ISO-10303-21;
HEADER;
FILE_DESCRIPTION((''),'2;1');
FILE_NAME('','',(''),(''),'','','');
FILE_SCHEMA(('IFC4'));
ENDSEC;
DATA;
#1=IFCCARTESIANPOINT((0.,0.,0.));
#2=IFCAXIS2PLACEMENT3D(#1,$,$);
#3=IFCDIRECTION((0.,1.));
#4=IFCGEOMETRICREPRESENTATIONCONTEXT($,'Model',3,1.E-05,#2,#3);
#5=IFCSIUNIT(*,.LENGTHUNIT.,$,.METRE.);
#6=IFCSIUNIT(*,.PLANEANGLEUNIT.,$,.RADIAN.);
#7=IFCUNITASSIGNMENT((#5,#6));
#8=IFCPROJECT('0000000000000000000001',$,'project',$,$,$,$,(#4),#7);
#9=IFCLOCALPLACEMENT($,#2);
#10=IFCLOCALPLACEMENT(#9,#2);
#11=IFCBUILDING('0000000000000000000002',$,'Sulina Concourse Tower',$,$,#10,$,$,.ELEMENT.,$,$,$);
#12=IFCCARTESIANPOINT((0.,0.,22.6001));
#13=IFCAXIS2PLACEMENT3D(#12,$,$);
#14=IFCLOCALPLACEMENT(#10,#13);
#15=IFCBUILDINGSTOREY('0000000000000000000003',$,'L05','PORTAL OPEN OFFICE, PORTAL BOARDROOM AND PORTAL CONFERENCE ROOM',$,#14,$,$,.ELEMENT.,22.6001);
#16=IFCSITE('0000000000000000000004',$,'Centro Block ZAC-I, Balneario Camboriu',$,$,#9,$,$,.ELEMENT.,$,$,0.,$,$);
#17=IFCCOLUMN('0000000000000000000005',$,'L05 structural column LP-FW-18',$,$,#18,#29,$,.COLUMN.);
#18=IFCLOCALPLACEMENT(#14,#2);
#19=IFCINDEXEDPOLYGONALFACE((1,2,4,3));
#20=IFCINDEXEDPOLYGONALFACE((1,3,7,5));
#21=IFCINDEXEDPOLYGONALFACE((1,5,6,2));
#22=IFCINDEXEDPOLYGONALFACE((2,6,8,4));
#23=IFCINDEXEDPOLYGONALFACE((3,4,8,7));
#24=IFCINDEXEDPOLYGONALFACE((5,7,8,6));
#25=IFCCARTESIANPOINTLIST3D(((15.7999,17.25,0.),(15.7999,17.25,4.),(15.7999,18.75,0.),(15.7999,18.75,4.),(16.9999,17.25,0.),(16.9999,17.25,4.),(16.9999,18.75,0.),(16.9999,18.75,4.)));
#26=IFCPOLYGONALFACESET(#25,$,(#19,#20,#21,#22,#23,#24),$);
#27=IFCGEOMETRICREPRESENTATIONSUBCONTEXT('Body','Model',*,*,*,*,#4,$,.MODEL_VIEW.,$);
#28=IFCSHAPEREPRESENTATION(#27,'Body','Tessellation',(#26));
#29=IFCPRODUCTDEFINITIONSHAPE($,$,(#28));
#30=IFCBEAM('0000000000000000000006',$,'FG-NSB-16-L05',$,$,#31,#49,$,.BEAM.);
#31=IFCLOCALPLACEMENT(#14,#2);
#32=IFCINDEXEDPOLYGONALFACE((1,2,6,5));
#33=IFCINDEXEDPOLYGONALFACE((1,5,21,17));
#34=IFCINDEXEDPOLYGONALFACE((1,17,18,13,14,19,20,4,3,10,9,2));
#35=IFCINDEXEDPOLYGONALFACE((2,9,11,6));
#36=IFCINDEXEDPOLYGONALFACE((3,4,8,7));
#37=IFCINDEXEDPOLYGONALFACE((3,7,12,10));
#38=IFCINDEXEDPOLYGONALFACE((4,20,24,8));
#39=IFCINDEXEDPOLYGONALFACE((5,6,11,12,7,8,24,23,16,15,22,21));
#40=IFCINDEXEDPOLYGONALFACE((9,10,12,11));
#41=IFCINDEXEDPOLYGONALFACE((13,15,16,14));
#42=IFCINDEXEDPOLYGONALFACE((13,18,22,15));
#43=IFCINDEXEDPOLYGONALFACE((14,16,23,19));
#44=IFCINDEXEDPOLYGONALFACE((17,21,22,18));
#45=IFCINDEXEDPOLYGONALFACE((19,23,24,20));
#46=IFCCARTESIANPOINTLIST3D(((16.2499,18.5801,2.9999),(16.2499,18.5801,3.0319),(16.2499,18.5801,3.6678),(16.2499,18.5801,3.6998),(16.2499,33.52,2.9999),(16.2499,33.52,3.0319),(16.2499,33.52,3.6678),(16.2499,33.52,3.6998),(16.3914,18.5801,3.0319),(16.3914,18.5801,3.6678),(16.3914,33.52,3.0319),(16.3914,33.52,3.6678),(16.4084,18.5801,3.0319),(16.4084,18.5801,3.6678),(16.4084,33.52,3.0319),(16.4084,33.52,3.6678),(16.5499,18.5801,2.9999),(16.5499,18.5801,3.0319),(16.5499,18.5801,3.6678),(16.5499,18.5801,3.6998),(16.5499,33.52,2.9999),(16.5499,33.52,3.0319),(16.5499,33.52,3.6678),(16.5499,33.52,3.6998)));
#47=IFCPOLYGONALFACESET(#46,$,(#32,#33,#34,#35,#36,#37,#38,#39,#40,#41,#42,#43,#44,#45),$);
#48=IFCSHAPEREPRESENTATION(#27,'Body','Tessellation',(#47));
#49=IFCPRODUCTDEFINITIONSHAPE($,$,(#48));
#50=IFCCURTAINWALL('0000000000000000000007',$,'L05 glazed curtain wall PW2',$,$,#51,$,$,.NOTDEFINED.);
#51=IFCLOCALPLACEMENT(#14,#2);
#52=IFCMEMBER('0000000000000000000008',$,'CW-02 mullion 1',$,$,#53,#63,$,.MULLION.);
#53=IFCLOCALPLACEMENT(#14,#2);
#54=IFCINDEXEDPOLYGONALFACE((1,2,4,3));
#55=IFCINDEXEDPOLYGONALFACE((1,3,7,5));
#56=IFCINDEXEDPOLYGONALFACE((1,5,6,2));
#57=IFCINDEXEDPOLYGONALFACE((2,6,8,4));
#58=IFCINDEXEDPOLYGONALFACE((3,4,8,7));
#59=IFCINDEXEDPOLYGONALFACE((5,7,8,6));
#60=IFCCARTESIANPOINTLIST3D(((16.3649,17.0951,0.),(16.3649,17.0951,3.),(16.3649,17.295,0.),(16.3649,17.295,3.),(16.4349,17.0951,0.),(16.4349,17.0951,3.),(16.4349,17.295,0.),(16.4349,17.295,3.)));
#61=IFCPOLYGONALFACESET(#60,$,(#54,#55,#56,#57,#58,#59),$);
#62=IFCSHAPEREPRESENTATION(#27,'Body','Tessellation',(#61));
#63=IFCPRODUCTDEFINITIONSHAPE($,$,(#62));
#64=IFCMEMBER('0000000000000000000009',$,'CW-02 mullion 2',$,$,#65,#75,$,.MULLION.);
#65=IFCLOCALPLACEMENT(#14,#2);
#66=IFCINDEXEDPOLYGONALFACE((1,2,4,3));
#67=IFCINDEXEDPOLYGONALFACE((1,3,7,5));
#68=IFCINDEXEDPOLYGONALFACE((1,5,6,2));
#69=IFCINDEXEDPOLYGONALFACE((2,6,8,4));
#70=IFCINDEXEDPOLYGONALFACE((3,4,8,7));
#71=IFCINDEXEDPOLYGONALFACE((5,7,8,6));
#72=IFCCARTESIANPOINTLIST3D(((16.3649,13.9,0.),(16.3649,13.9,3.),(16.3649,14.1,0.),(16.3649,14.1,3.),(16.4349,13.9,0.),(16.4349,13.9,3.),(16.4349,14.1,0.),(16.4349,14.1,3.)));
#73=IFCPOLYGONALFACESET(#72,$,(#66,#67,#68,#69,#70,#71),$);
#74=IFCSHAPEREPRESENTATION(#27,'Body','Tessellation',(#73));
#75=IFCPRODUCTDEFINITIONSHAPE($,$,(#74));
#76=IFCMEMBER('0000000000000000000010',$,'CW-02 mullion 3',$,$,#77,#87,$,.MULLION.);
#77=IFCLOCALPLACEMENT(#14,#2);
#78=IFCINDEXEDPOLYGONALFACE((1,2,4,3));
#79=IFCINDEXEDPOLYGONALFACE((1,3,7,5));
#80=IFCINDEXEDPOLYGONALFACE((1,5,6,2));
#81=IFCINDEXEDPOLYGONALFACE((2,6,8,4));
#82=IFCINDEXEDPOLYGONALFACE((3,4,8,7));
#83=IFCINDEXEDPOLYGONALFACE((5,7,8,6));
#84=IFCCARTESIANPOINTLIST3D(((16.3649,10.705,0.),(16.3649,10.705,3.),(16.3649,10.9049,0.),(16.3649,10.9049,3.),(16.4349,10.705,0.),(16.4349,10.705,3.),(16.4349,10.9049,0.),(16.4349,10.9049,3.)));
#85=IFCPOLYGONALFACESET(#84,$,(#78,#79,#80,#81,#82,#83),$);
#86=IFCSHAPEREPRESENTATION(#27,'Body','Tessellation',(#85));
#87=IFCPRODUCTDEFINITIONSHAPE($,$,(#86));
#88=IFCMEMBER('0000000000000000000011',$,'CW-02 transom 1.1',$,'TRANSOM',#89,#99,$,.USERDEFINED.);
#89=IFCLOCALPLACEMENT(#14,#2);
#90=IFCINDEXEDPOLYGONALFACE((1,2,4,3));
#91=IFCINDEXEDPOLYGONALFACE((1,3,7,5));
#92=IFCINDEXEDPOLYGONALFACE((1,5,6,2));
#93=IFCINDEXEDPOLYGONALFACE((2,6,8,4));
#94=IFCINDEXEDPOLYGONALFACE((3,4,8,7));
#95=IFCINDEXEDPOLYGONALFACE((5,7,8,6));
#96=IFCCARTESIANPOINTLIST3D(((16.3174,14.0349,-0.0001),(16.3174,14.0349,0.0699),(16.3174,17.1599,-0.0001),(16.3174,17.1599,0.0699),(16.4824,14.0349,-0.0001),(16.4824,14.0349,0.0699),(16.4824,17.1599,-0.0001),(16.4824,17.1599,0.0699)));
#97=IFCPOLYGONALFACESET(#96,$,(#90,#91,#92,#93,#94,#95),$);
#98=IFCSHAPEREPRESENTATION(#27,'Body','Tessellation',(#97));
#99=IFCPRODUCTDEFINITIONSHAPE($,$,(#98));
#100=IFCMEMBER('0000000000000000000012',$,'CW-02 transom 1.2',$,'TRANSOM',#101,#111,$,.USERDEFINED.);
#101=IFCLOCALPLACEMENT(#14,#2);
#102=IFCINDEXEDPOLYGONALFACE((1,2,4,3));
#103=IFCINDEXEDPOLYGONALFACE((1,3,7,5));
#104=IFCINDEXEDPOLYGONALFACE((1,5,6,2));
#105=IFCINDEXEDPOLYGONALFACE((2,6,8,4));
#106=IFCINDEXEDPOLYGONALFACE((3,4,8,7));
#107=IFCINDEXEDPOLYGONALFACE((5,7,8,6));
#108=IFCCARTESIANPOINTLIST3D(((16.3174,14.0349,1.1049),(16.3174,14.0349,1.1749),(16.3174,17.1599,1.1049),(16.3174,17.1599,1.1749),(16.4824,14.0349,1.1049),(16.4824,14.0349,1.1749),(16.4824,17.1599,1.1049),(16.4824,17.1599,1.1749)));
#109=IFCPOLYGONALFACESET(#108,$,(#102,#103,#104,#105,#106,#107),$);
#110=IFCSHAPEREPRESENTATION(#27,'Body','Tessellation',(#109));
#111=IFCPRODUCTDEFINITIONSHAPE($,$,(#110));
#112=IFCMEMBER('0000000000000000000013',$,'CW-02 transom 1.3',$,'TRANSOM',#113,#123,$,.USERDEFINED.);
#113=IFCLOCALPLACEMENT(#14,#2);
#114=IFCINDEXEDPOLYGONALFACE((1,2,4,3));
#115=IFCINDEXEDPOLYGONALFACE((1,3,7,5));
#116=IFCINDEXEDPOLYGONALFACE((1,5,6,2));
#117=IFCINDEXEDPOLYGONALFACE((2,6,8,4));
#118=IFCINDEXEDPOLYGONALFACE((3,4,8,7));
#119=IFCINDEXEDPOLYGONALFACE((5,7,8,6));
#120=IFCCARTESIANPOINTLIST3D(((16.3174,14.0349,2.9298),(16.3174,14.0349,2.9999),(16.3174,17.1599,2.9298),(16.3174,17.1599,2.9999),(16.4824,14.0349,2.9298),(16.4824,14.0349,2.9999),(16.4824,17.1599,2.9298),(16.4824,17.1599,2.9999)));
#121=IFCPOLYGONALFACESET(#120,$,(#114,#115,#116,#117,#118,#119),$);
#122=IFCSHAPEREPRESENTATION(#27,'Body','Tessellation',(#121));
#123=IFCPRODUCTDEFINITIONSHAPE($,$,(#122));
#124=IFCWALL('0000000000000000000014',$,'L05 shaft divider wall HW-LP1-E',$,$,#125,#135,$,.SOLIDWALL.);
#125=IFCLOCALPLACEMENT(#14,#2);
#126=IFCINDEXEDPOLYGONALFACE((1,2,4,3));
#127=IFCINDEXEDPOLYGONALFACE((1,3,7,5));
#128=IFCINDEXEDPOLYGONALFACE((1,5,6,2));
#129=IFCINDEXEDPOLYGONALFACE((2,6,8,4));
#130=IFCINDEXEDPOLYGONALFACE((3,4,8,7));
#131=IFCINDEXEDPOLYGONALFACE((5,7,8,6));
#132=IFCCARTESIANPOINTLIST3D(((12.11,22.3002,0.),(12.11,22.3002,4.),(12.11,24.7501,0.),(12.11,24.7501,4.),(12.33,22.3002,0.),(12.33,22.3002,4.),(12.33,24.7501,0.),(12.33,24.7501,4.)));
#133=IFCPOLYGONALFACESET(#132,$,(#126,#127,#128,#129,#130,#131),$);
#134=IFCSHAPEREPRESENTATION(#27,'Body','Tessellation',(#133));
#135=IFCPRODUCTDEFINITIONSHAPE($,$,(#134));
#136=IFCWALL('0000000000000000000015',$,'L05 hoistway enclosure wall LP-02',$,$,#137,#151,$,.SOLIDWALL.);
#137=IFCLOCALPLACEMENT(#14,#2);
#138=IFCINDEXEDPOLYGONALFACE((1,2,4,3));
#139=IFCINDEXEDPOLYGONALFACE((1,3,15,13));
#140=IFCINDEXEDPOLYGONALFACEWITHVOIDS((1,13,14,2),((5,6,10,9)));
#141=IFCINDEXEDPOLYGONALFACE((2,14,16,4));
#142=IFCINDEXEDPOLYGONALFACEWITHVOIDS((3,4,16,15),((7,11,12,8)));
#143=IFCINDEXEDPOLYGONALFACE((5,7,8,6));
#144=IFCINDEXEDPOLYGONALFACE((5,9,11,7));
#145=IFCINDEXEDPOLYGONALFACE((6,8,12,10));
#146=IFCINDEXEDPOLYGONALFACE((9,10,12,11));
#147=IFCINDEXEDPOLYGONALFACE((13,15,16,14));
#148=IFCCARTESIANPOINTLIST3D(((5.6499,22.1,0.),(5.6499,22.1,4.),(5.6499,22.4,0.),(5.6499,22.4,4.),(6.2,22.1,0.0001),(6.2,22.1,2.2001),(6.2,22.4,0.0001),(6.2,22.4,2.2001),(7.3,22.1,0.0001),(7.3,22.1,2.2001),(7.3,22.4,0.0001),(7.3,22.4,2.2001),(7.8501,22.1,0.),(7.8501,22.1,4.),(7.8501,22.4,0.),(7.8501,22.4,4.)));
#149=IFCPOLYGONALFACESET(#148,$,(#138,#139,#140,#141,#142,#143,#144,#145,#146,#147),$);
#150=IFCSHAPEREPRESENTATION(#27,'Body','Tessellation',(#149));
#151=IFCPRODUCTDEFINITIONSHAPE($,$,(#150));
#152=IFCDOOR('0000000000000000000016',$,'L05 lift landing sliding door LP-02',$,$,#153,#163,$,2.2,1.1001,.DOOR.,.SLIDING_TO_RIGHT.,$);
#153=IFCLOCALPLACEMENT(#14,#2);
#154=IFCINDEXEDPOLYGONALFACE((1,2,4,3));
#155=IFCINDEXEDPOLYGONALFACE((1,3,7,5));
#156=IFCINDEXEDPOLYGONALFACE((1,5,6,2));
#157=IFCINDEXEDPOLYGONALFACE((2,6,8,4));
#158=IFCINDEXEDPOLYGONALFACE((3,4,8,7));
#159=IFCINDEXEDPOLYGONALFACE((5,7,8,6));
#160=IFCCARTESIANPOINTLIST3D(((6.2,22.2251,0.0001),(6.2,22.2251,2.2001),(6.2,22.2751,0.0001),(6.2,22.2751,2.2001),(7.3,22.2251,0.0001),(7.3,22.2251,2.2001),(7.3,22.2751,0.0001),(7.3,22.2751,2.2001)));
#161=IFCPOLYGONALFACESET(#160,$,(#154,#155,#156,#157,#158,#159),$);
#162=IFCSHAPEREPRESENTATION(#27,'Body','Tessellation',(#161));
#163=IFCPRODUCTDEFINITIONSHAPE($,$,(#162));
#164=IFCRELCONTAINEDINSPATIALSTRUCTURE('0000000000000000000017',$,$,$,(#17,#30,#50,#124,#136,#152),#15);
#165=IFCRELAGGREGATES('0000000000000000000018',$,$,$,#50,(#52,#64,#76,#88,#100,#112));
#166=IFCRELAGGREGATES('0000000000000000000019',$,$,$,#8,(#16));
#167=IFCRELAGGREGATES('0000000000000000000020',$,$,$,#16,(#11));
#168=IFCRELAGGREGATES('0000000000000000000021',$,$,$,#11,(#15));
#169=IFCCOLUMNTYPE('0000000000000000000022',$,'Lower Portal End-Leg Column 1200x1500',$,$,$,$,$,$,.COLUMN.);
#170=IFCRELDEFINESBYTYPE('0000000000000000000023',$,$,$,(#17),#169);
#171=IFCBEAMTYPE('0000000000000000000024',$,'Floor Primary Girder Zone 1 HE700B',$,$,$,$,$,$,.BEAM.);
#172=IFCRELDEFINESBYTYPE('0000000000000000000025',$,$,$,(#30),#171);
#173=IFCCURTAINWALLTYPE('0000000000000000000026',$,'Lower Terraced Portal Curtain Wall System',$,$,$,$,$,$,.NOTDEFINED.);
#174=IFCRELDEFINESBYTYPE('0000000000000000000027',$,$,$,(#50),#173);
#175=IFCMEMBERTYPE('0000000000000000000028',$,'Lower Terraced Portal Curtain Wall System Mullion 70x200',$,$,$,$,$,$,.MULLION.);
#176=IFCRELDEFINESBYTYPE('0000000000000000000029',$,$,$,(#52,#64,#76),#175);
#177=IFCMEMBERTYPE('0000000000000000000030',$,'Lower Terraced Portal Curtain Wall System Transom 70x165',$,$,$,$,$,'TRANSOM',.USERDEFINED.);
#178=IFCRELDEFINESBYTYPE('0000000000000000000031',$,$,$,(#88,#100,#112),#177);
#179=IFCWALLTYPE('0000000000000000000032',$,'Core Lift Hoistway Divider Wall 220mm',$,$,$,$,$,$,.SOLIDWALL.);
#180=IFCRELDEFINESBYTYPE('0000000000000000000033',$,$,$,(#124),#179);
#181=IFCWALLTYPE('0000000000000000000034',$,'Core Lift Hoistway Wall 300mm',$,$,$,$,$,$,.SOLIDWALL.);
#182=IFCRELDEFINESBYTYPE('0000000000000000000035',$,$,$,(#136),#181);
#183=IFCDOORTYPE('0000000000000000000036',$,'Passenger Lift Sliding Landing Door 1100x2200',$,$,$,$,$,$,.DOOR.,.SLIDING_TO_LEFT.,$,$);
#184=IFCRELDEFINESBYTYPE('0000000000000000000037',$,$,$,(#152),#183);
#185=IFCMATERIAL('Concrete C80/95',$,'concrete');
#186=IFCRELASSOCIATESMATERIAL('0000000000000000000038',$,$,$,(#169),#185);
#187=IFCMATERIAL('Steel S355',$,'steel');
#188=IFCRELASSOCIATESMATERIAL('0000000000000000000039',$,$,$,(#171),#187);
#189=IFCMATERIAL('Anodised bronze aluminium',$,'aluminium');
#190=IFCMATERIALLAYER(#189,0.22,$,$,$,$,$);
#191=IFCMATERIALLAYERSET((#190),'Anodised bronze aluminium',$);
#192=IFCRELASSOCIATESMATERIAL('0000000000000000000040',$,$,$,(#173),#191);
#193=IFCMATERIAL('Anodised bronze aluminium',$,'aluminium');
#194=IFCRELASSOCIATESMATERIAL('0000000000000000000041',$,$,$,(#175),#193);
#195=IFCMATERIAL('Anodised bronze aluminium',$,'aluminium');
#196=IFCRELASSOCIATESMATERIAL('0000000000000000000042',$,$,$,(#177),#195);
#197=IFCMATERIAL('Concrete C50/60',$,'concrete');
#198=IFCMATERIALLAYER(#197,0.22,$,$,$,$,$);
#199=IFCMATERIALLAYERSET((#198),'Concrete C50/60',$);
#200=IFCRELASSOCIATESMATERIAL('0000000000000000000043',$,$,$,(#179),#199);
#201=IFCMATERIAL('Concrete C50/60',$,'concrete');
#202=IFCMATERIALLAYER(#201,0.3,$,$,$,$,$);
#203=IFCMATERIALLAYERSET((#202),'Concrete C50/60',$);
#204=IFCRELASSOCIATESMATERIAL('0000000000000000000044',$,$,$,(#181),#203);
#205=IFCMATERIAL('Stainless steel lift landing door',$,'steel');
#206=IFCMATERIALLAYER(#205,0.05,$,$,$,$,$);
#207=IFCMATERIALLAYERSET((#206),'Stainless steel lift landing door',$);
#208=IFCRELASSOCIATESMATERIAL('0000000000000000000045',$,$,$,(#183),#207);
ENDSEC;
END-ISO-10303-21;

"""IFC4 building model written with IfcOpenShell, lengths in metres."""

from ifc_helpers import new_model, si_unit, direction, frame, frame_2d, origin, origin_2d, place, context, subcontext, project, spatial, rectangle, i_section, extrude, material, layer, layer_set, material_profile, profile_set, type_object, element, fill, aggregate, save


model = new_model("IFC4")

# Units and contexts
model_context = context("Model", 3, precision=1e-05, world=origin(), true_north=direction((0.0, 1.0)))
body_context = subcontext(model_context, "Body", "Model", "MODEL_VIEW")
ifc_project = project(units=[si_unit("LENGTHUNIT", "METRE"), si_unit("PLANEANGLEUNIT", "RADIAN")], contexts=[model_context])

# Site, building, storey
site_placement = place(None, origin())
site = spatial("IfcSite", under=ifc_project, at=site_placement, Name="Centro Block ZAC-I, Balneario Camboriu", CompositionType="ELEMENT", RefElevation=0.0)
building_placement = place(site_placement, origin())
building = spatial("IfcBuilding", under=site, at=building_placement, Name="Sulina Concourse Tower", CompositionType="ELEMENT")
storey_placement = place(building_placement, frame((0.0, 0.0, 22.6001)))
storey = spatial("IfcBuildingStorey", under=building, at=storey_placement, Name="L05", Description="PORTAL OPEN OFFICE, PORTAL BOARDROOM AND PORTAL CONFERENCE ROOM", CompositionType="ELEMENT", Elevation=22.6001)

# Column
ifc_material_1 = material(Name="Concrete C80/95", Category="concrete")
ifc_material_profile_1 = material_profile(ifc_material_1, rectangle(XDim=1.2, YDim=1.5, at=origin_2d()), Name="RC 1200x1500")
ifc_profile_set_1 = profile_set([ifc_material_profile_1], Name="Concrete C80/95")
column_type = type_object("IfcColumnType", Name="Lower Portal End-Leg Column 1200x1500", PredefinedType="COLUMN", material=ifc_profile_set_1)
column_placement = place(storey_placement, frame((16.3999, 18.0, 0.0), z_axis=(0.0, 0.0, 1.0), x_axis=(1.0, 0.0, 0.0)))
element("IfcColumn", 1, at=column_placement, inside=storey, type_object=column_type, Name="L05 structural column LP-FW-18", PredefinedType="COLUMN", context=body_context, shape_type="SweptSolid", body=[
    extrude(rectangle(XDim=1.2, YDim=1.5, at=origin_2d()), origin(), (0.0, 0.0, 1.0), 4.0),
])

# Beam
ifc_material_2 = material(Name="Steel S355", Category="steel")
ifc_material_profile_2 = material_profile(ifc_material_2, i_section(OverallWidth=0.3, OverallDepth=0.7, WebThickness=0.0171, FlangeThickness=0.032, at=origin_2d()), Name="HE 700 B")
ifc_profile_set_2 = profile_set([ifc_material_profile_2], Name="Steel S355")
beam_type = type_object("IfcBeamType", Name="Floor Primary Girder Zone 1 HE700B", PredefinedType="BEAM", material=ifc_profile_set_2)
beam_placement = place(storey_placement, frame((16.3999, 18.5801, 3.3499), z_axis=(0.0, 1.0, 0.0), x_axis=(-1.0, 0.0, 0.0)))
element("IfcBeam", 2, at=beam_placement, inside=storey, type_object=beam_type, Name="FG-NSB-16-L05", PredefinedType="BEAM", context=body_context, shape_type="SweptSolid", body=[
    extrude(i_section(OverallWidth=0.3, OverallDepth=0.7, WebThickness=0.0171, FlangeThickness=0.032, at=origin_2d()), origin(), (0.0, 0.0, 1.0), 14.9399),
])

# Curtain wall, members
ifc_material_3 = material(Name="Anodised bronze aluminium", Category="aluminium")
ifc_layer_1 = layer(ifc_material_3, 0.22)
ifc_layer_set_1 = layer_set([ifc_layer_1], Name="Anodised bronze aluminium")
curtain_wall_type = type_object("IfcCurtainWallType", Name="Lower Terraced Portal Curtain Wall System", PredefinedType="NOTDEFINED", material=ifc_layer_set_1)
curtain_wall_placement = place(storey_placement, origin())
curtain_wall = element("IfcCurtainWall", 3, at=curtain_wall_placement, inside=storey, type_object=curtain_wall_type, Name="L05 glazed curtain wall PW2", PredefinedType="NOTDEFINED")
ifc_material_4 = material(Name="Anodised bronze aluminium", Category="aluminium")
ifc_material_profile_3 = material_profile(ifc_material_4, rectangle(XDim=0.0701, YDim=0.2, at=origin_2d()), Name="MUL 70x200")
ifc_profile_set_3 = profile_set([ifc_material_profile_3], Name="Anodised bronze aluminium")
member_type_1 = type_object("IfcMemberType", Name="Lower Terraced Portal Curtain Wall System Mullion 70x200", PredefinedType="MULLION", material=ifc_profile_set_3)
member_1_placement = place(storey_placement, frame((16.3999, 17.1951, 0.0), z_axis=(0.0, 0.0, 1.0), x_axis=(1.0, 0.0, 0.0)))
member_1 = element("IfcMember", 4, at=member_1_placement, type_object=member_type_1, Name="CW-02 mullion 1", PredefinedType="MULLION", context=body_context, shape_type="SweptSolid", body=[
    extrude(rectangle(XDim=0.0701, YDim=0.2, at=origin_2d()), origin(), (0.0, 0.0, 1.0), 3.0),
])
member_2_placement = place(storey_placement, frame((16.3999, 14.0, 0.0), z_axis=(0.0, 0.0, 1.0), x_axis=(1.0, 0.0, 0.0)))
member_2 = element("IfcMember", 5, at=member_2_placement, type_object=member_type_1, Name="CW-02 mullion 2", PredefinedType="MULLION", context=body_context, shape_type="SweptSolid", body=[
    extrude(rectangle(XDim=0.0701, YDim=0.2, at=origin_2d()), origin(), (0.0, 0.0, 1.0), 3.0),
])
member_3_placement = place(storey_placement, frame((16.3999, 10.8049, 0.0), z_axis=(0.0, 0.0, 1.0), x_axis=(1.0, 0.0, 0.0)))
member_3 = element("IfcMember", 6, at=member_3_placement, type_object=member_type_1, Name="CW-02 mullion 3", PredefinedType="MULLION", context=body_context, shape_type="SweptSolid", body=[
    extrude(rectangle(XDim=0.0701, YDim=0.2, at=origin_2d()), origin(), (0.0, 0.0, 1.0), 3.0),
])
ifc_material_5 = material(Name="Anodised bronze aluminium", Category="aluminium")
ifc_material_profile_4 = material_profile(ifc_material_5, rectangle(XDim=0.165, YDim=0.0701, at=origin_2d()), Name="TRN 70x165")
ifc_profile_set_4 = profile_set([ifc_material_profile_4], Name="Anodised bronze aluminium")
member_type_2 = type_object("IfcMemberType", Name="Lower Terraced Portal Curtain Wall System Transom 70x165", ElementType="TRANSOM", PredefinedType="USERDEFINED", material=ifc_profile_set_4)
member_4_placement = place(storey_placement, frame((16.3999, 17.1599, 0.0349), z_axis=(0.0, -1.0, 0.0), x_axis=(1.0, 0.0, 0.0)))
member_4 = element("IfcMember", 7, at=member_4_placement, type_object=member_type_2, Name="CW-02 transom 1.1", ObjectType="TRANSOM", PredefinedType="USERDEFINED", context=body_context, shape_type="SweptSolid", body=[
    extrude(rectangle(XDim=0.165, YDim=0.0701, at=origin_2d()), origin(), (0.0, 0.0, 1.0), 3.125),
])
member_5_placement = place(storey_placement, frame((16.3999, 17.1599, 1.1399), z_axis=(0.0, -1.0, 0.0), x_axis=(1.0, 0.0, 0.0)))
member_5 = element("IfcMember", 8, at=member_5_placement, type_object=member_type_2, Name="CW-02 transom 1.2", ObjectType="TRANSOM", PredefinedType="USERDEFINED", context=body_context, shape_type="SweptSolid", body=[
    extrude(rectangle(XDim=0.165, YDim=0.0701, at=origin_2d()), origin(), (0.0, 0.0, 1.0), 3.125),
])
member_6_placement = place(storey_placement, frame((16.3999, 17.1599, 2.9648), z_axis=(0.0, -1.0, 0.0), x_axis=(1.0, 0.0, 0.0)))
member_6 = element("IfcMember", 9, at=member_6_placement, type_object=member_type_2, Name="CW-02 transom 1.3", ObjectType="TRANSOM", PredefinedType="USERDEFINED", context=body_context, shape_type="SweptSolid", body=[
    extrude(rectangle(XDim=0.165, YDim=0.0701, at=origin_2d()), origin(), (0.0, 0.0, 1.0), 3.125),
])
aggregate(curtain_wall, [member_1, member_2, member_3, member_4, member_5, member_6])

# Wall
ifc_material_6 = material(Name="Concrete C50/60", Category="concrete")
ifc_layer_2 = layer(ifc_material_6, 0.22)
ifc_layer_set_2 = layer_set([ifc_layer_2], Name="Concrete C50/60")
wall_type_1 = type_object("IfcWallType", Name="Core Lift Hoistway Divider Wall 220mm", PredefinedType="SOLIDWALL", material=ifc_layer_set_2)
wall_1_placement = place(storey_placement, frame((12.22, 22.3, 0.0), z_axis=(0.0, 0.0, 1.0), x_axis=(0.0, 1.0, 0.0)))
element("IfcWall", 10, at=wall_1_placement, inside=storey, type_object=wall_type_1, Name="L05 shaft divider wall HW-LP1-E", PredefinedType="SOLIDWALL", context=body_context, shape_type="SweptSolid", body=[
    extrude(rectangle(XDim=2.45, YDim=0.22, at=frame_2d((1.2251, 0.0))), origin(), (0.0, 0.0, 1.0), 4.0),
])

# Wall, opening, door
ifc_material_7 = material(Name="Concrete C50/60", Category="concrete")
ifc_layer_3 = layer(ifc_material_7, 0.3)
ifc_layer_set_3 = layer_set([ifc_layer_3], Name="Concrete C50/60")
wall_type_2 = type_object("IfcWallType", Name="Core Lift Hoistway Wall 300mm", PredefinedType="SOLIDWALL", material=ifc_layer_set_3)
wall_2_placement = place(storey_placement, frame((7.8501, 22.25, 0.0), z_axis=(0.0, 0.0, 1.0), x_axis=(-1.0, 0.0, 0.0)))
wall_2 = element("IfcWall", 11, at=wall_2_placement, inside=storey, type_object=wall_type_2, Name="L05 hoistway enclosure wall LP-02", PredefinedType="SOLIDWALL", context=body_context, shape_type="SweptSolid", body=[
    extrude(rectangle(XDim=2.2002, YDim=0.3, at=frame_2d((1.1001, 0.0))), origin(), (0.0, 0.0, 1.0), 4.0),
])
opening_1_placement = place(wall_2_placement, frame((0.55, 0.0, 0.0)))
opening_1 = element("IfcOpeningElement", 12, at=opening_1_placement, cuts=wall_2, PredefinedType="OPENING", context=body_context, shape_type="SweptSolid", body=[
    extrude(rectangle(XDim=1.1001, YDim=2.2, at=frame_2d((0.55, 1.1001))), frame((0.0, 0.1599, 0.0), z_axis=(0.0, -1.0, 0.0), x_axis=(1.0, 0.0, 0.0)), (0.0, 0.0, 1.0), 0.3201),
])
ifc_material_8 = material(Name="Stainless steel lift landing door", Category="steel")
ifc_layer_4 = layer(ifc_material_8, 0.05)
ifc_layer_set_4 = layer_set([ifc_layer_4], Name="Stainless steel lift landing door")
door_type_1 = type_object("IfcDoorType", Name="Passenger Lift Sliding Landing Door 1100x2200", OperationType="SLIDING_TO_LEFT", PredefinedType="DOOR", material=ifc_layer_set_4)
door_1_placement = place(opening_1_placement, origin())
door_1 = element("IfcDoor", 13, at=door_1_placement, inside=storey, type_object=door_type_1, Name="L05 lift landing sliding door LP-02", OperationType="SLIDING_TO_RIGHT", OverallHeight=2.2, OverallWidth=1.1001, PredefinedType="DOOR", context=body_context, shape_type="SweptSolid", body=[
    extrude(rectangle(XDim=1.1001, YDim=2.2, at=frame_2d((0.55, 1.1001))), frame((0.0, 0.0249, 0.0), z_axis=(0.0, -1.0, 0.0), x_axis=(1.0, 0.0, 0.0)), (0.0, 0.0, 1.0), 0.05),
])
fill(opening_1, door_1)

save(model, "model.ifc")
